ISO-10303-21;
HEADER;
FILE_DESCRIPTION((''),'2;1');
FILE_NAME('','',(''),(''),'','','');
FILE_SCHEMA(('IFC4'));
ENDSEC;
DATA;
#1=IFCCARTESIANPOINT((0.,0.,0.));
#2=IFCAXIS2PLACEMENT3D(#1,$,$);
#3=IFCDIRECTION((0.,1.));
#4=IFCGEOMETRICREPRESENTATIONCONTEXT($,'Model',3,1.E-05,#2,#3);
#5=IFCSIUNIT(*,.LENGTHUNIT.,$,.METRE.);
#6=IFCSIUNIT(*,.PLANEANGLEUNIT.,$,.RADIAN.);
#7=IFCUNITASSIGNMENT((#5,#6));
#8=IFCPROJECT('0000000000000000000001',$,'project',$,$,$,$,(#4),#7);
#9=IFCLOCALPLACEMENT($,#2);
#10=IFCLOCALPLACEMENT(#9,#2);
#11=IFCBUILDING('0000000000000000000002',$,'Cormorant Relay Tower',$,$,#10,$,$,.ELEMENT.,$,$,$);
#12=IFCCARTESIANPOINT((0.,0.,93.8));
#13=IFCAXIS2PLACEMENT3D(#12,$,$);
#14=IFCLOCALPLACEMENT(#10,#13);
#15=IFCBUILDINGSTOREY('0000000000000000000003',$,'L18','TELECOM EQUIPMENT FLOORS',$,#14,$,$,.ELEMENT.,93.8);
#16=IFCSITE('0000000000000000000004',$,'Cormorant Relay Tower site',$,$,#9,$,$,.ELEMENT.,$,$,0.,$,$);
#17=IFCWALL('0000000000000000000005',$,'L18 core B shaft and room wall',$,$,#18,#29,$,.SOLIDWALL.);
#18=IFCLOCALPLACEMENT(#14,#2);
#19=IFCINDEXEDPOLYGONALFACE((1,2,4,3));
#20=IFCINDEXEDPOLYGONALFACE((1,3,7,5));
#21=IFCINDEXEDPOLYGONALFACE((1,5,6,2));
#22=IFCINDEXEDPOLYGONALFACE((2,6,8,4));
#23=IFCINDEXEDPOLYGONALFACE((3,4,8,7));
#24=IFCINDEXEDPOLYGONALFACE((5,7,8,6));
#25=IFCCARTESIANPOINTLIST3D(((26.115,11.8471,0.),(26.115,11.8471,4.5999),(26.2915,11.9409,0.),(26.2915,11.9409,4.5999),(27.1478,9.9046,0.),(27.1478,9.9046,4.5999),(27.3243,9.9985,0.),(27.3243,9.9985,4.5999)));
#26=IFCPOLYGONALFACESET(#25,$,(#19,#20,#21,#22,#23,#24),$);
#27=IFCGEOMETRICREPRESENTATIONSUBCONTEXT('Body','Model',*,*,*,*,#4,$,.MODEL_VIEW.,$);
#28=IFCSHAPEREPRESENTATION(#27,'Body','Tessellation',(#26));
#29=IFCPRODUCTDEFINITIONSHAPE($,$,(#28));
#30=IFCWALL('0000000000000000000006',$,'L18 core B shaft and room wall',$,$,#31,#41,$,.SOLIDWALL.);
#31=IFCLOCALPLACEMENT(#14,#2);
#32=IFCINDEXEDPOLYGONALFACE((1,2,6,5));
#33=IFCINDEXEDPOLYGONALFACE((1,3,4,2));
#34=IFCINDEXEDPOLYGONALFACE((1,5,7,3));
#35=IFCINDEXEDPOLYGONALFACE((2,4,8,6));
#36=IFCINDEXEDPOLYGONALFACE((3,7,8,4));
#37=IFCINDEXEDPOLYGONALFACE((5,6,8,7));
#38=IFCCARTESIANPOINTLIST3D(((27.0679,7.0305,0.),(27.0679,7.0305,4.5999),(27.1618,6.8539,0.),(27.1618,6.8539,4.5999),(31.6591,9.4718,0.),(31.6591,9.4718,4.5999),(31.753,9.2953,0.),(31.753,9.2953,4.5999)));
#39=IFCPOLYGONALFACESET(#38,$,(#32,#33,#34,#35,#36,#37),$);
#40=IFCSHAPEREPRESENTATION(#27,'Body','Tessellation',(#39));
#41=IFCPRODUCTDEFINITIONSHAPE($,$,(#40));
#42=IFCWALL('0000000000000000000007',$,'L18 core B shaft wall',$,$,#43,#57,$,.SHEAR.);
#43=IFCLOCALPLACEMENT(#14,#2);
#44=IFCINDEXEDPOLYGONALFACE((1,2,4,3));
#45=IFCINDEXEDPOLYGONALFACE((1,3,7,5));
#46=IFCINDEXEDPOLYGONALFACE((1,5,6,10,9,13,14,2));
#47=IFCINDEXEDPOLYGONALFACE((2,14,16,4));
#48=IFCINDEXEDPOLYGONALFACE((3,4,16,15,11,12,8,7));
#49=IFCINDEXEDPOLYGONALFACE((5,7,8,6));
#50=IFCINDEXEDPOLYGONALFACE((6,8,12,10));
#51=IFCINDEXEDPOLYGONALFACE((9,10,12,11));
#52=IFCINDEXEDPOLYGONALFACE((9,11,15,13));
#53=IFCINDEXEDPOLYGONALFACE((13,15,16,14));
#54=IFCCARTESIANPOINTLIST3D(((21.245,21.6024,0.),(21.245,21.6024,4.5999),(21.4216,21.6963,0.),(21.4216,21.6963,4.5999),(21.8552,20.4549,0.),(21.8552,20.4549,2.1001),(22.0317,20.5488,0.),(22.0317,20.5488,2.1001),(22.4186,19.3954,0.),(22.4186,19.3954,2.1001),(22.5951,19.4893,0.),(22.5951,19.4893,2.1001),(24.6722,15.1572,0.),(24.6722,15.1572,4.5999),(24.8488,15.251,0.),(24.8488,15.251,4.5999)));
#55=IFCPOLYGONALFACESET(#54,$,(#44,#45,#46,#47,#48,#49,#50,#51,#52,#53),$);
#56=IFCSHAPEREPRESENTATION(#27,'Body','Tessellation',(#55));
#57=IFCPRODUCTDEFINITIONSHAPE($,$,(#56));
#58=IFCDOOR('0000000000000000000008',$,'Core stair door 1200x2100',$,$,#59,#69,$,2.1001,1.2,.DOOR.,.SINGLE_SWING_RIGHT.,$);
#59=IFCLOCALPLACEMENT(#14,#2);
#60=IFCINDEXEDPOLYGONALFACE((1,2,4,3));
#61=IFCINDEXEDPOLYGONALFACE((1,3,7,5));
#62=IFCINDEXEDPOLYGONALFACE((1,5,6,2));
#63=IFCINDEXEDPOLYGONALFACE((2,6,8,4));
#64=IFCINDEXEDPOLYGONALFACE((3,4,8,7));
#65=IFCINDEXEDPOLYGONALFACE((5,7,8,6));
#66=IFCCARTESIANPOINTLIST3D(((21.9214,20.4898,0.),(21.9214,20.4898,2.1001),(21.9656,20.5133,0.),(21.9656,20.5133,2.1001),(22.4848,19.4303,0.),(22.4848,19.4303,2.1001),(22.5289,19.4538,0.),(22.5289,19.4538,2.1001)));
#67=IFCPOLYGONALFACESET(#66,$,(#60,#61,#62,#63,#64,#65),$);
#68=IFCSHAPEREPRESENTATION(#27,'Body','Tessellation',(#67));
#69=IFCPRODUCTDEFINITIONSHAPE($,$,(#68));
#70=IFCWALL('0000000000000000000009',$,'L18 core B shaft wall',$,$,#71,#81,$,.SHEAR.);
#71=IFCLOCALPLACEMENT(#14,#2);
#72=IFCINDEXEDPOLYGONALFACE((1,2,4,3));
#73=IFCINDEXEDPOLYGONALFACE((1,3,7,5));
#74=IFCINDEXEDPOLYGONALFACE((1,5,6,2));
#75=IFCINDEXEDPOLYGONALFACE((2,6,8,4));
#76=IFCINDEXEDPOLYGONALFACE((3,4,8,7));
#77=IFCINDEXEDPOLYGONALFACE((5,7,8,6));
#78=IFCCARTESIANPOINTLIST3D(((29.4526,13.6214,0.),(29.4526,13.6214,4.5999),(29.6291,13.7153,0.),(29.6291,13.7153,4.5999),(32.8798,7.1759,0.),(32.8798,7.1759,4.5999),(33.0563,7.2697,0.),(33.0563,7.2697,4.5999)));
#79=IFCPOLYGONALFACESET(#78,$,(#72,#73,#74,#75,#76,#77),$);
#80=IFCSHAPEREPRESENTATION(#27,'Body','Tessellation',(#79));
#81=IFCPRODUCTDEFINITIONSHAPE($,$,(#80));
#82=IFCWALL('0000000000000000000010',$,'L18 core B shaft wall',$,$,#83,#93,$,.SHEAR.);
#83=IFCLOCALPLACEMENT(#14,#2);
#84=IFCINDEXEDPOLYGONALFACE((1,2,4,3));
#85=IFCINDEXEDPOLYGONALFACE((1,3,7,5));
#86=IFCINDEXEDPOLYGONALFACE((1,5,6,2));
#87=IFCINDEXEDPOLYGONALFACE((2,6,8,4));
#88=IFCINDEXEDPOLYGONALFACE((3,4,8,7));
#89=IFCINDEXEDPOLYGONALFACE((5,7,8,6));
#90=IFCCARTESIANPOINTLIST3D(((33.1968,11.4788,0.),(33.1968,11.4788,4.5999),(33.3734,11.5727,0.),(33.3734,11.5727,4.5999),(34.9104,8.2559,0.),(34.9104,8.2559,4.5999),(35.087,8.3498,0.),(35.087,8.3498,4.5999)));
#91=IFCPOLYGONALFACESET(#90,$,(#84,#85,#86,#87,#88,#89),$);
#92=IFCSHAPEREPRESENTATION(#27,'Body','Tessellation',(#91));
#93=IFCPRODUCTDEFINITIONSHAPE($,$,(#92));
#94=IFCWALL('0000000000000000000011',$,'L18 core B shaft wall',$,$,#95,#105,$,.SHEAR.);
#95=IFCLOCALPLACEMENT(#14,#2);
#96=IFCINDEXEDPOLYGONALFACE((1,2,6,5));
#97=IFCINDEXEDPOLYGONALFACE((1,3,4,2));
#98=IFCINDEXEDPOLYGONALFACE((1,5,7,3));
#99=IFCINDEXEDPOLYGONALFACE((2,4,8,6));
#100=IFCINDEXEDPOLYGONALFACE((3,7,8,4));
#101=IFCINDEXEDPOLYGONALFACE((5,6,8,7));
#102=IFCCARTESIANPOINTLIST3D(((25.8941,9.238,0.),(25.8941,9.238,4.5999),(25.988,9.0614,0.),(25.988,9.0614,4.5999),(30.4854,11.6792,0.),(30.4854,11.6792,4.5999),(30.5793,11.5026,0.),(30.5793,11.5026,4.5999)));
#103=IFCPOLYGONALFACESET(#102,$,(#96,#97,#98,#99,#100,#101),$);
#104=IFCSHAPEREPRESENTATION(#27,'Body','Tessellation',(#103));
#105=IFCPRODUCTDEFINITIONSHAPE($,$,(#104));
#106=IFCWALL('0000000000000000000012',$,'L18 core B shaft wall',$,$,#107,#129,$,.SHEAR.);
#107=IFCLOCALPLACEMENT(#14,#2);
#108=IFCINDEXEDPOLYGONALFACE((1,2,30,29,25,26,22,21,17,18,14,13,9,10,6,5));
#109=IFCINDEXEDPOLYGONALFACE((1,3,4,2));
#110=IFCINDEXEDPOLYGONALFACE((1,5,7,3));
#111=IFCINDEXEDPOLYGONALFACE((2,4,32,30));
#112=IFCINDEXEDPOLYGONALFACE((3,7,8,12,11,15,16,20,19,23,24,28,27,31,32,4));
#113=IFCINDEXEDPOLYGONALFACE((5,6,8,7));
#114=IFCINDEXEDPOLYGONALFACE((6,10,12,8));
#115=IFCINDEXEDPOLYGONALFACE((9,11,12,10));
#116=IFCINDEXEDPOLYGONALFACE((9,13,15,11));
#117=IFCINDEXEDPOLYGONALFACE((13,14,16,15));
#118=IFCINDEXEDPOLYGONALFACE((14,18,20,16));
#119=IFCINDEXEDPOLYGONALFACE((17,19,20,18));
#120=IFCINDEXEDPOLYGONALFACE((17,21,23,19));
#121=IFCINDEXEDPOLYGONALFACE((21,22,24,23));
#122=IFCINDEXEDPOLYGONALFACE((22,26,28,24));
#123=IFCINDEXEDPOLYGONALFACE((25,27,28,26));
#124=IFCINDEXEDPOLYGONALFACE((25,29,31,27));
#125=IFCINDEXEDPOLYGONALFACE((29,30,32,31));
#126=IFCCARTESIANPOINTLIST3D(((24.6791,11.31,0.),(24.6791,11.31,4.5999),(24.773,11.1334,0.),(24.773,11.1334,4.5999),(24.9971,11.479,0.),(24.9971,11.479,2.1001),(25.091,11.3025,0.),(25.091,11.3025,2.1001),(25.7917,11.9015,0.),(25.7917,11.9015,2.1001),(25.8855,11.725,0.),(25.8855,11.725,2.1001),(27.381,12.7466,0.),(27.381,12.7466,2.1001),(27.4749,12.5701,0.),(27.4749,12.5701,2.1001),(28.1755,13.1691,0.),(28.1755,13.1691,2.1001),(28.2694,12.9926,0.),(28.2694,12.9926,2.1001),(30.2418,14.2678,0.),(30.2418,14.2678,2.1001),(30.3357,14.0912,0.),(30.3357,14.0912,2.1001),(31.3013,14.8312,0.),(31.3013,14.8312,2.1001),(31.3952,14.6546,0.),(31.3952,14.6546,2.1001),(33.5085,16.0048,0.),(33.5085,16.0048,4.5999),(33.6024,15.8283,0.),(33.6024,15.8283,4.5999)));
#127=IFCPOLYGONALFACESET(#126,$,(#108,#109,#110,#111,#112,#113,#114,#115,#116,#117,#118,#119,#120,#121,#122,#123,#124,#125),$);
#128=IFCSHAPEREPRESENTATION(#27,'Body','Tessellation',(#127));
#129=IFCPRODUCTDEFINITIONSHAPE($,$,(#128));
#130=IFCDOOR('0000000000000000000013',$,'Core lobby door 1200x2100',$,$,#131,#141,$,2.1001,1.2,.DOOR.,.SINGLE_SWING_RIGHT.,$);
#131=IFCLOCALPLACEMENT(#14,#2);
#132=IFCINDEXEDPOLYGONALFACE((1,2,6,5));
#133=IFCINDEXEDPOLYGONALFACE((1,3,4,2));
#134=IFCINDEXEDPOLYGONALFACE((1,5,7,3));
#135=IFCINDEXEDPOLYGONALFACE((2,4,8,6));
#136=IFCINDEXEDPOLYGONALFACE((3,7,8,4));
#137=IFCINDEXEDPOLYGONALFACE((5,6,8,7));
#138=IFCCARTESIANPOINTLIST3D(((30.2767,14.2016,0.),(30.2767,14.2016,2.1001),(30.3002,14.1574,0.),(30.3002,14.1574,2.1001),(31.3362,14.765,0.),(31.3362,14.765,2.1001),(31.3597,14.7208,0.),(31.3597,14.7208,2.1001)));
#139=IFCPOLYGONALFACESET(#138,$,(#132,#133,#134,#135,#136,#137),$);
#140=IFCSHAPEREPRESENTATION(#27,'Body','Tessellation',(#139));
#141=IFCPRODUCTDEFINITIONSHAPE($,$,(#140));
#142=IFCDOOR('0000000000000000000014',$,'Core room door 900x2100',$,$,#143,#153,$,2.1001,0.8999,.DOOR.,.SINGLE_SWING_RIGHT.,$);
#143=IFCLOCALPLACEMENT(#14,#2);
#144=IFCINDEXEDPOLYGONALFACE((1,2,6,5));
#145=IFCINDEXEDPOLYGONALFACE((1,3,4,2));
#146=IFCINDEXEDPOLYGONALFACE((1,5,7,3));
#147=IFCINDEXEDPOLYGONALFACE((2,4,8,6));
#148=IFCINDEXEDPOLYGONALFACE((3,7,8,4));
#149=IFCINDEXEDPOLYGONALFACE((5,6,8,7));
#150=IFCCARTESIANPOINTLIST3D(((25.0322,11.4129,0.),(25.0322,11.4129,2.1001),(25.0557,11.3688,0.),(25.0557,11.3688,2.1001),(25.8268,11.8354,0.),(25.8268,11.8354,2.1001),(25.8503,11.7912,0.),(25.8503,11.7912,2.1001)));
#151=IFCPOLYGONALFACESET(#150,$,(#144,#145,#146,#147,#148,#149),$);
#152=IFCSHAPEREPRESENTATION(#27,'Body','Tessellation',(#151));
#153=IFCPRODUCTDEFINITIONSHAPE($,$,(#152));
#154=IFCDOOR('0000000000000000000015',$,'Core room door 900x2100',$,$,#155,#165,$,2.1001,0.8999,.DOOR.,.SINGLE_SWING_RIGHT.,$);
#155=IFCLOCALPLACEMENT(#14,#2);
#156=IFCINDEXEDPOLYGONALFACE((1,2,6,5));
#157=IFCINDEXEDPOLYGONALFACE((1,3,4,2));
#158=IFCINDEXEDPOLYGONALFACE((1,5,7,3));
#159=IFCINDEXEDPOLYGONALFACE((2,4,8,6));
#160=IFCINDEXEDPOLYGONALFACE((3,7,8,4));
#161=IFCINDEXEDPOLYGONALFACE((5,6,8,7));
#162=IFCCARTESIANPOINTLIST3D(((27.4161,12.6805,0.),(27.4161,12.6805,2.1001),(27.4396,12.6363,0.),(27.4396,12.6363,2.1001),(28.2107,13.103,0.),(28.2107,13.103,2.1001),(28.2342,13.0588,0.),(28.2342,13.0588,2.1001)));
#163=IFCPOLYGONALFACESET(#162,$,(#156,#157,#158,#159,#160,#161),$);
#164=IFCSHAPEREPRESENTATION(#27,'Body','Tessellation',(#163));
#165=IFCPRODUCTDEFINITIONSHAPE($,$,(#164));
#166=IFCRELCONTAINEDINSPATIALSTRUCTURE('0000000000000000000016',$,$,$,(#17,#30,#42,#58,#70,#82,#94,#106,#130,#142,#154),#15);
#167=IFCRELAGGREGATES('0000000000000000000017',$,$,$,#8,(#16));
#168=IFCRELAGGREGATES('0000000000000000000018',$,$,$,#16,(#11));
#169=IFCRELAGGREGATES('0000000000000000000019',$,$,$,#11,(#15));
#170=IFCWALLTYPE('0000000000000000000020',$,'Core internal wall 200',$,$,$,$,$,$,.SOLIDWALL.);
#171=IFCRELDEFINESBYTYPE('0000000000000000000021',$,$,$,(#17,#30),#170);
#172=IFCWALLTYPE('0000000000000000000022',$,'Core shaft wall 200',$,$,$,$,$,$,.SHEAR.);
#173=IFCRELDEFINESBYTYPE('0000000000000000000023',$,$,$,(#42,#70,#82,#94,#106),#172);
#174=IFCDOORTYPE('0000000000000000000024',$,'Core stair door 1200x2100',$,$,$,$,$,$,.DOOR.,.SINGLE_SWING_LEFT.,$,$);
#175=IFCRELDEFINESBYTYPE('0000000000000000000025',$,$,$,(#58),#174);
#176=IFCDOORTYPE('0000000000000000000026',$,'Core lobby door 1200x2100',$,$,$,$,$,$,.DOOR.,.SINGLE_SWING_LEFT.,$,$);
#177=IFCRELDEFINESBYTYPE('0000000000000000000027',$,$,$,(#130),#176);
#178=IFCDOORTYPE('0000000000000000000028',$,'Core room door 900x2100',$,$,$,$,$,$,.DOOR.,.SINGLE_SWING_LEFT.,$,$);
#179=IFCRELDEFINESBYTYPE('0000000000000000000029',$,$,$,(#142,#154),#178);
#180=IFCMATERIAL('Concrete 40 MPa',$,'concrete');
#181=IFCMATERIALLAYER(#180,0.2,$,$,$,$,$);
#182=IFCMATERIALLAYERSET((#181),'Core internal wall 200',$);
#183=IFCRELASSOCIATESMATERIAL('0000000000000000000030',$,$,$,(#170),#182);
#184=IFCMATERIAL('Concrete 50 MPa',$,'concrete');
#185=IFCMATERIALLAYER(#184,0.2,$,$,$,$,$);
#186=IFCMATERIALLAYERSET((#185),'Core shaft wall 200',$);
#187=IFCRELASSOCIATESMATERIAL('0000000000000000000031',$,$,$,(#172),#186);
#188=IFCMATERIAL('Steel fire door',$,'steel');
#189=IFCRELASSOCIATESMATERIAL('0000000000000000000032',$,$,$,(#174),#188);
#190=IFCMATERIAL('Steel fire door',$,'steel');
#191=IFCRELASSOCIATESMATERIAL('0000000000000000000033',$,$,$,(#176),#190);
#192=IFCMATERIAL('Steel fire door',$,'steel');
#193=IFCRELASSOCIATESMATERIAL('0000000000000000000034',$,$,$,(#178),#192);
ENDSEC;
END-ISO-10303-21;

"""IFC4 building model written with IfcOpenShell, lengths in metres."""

from ifc_helpers import new_model, si_unit, direction, frame, frame_2d, origin, place, context, subcontext, project, spatial, rectangle, extrude, material, layer, layer_set, type_object, element, fill, save


model = new_model("IFC4")

# Units and contexts
model_context = context("Model", 3, precision=1e-05, world=origin(), true_north=direction((0.0, 1.0)))
body_context = subcontext(model_context, "Body", "Model", "MODEL_VIEW")
ifc_project = project(units=[si_unit("LENGTHUNIT", "METRE"), si_unit("PLANEANGLEUNIT", "RADIAN")], contexts=[model_context])

# Site, building, storey
site_placement = place(None, origin())
site = spatial("IfcSite", under=ifc_project, at=site_placement, Name="Cormorant Relay Tower site", CompositionType="ELEMENT", RefElevation=0.0)
building_placement = place(site_placement, origin())
building = spatial("IfcBuilding", under=site, at=building_placement, Name="Cormorant Relay Tower", CompositionType="ELEMENT")
storey_placement = place(building_placement, frame((0.0, 0.0, 93.8)))
storey = spatial("IfcBuildingStorey", under=building, at=storey_placement, Name="L18", Description="TELECOM EQUIPMENT FLOORS", CompositionType="ELEMENT", Elevation=93.8)

# Walls
ifc_material_1 = material(Name="Concrete 40 MPa", Category="concrete")
ifc_layer_1 = layer(ifc_material_1, 0.2)
ifc_layer_set_1 = layer_set([ifc_layer_1], Name="Core internal wall 200")
wall_type_1 = type_object("IfcWallType", Name="Core internal wall 200", PredefinedType="SOLIDWALL", material=ifc_layer_set_1)
wall_1_placement = place(storey_placement, frame((27.2361, 9.9514, 0.0), z_axis=(0.0, 0.0, 1.0), x_axis=(-0.469447, 0.88296, 0.0)))
element("IfcWall", 1, at=wall_1_placement, inside=storey, type_object=wall_type_1, Name="L18 core B shaft and room wall", PredefinedType="SOLIDWALL", context=body_context, shape_type="SweptSolid", body=[
    extrude(rectangle(XDim=2.2, YDim=0.2, at=frame_2d((1.1001, 0.0))), origin(), (0.0, 0.0, 1.0), 4.5999),
])
wall_2_placement = place(storey_placement, frame((27.1147, 6.9421, 0.0), z_axis=(0.0, 0.0, 1.0), x_axis=(0.882935, 0.469496, 0.0)))
element("IfcWall", 2, at=wall_2_placement, inside=storey, type_object=wall_type_1, Name="L18 core B shaft and room wall", PredefinedType="SOLIDWALL", context=body_context, shape_type="SweptSolid", body=[
    extrude(rectangle(XDim=5.2, YDim=0.2, at=frame_2d((2.6001, 0.0))), origin(), (0.0, 0.0, 1.0), 4.5999),
])

# Wall, opening, door
ifc_material_2 = material(Name="Concrete 50 MPa", Category="concrete")
ifc_layer_2 = layer(ifc_material_2, 0.2)
ifc_layer_set_2 = layer_set([ifc_layer_2], Name="Core shaft wall 200")
wall_type_2 = type_object("IfcWallType", Name="Core shaft wall 200", PredefinedType="SHEAR", material=ifc_layer_set_2)
wall_3_placement = place(storey_placement, frame((24.7605, 15.2041, 0.0), z_axis=(0.0, 0.0, 1.0), x_axis=(-0.469494, 0.882936, 0.0)))
wall_3 = element("IfcWall", 3, at=wall_3_placement, inside=storey, type_object=wall_type_2, Name="L18 core B shaft wall", PredefinedType="SHEAR", context=body_context, shape_type="SweptSolid", body=[
    extrude(rectangle(XDim=7.2998, YDim=0.2, at=frame_2d((3.6499, 0.0))), origin(), (0.0, 0.0, 1.0), 4.5999),
])
opening_1_placement = place(wall_3_placement, frame((4.8, 0.0, 0.0)))
opening_1 = element("IfcOpeningElement", 4, at=opening_1_placement, cuts=wall_3, PredefinedType="OPENING", context=body_context, shape_type="SweptSolid", body=[
    extrude(rectangle(XDim=1.2, YDim=2.1001, at=frame_2d((0.6001, 1.05))), frame((0.0, 0.1099, 0.0), z_axis=(0.0, -1.0, 0.0), x_axis=(1.0, 0.0, 0.0)), (0.0, 0.0, 1.0), 0.22),
])
ifc_material_3 = material(Name="Steel fire door", Category="steel")
door_type_1 = type_object("IfcDoorType", Name="Core stair door 1200x2100", OperationType="SINGLE_SWING_LEFT", PredefinedType="DOOR", material=ifc_material_3)
door_1_placement = place(opening_1_placement, frame((1.2, 0.0, 0.0), z_axis=(0.0, 0.0, 1.0), x_axis=(-1.0, 0.0, 0.0)))
door_1 = element("IfcDoor", 5, at=door_1_placement, inside=storey, type_object=door_type_1, Name="Core stair door 1200x2100", OperationType="SINGLE_SWING_RIGHT", OverallHeight=2.1001, OverallWidth=1.2, PredefinedType="DOOR", context=body_context, shape_type="SweptSolid", body=[
    extrude(rectangle(XDim=1.2, YDim=2.1001, at=frame_2d((0.6001, 1.05))), frame((0.0, 0.0249, 0.0), z_axis=(0.0, -1.0, 0.0), x_axis=(1.0, 0.0, 0.0)), (0.0, 0.0, 1.0), 0.05),
])
fill(opening_1, door_1)

# Walls
wall_4_placement = place(storey_placement, frame((32.968, 7.2229, 0.0), z_axis=(0.0, 0.0, 1.0), x_axis=(-0.46948, 0.882943, 0.0)))
element("IfcWall", 6, at=wall_4_placement, inside=storey, type_object=wall_type_2, Name="L18 core B shaft wall", PredefinedType="SHEAR", context=body_context, shape_type="SweptSolid", body=[
    extrude(rectangle(XDim=7.3, YDim=0.2, at=frame_2d((3.6499, 0.0))), origin(), (0.0, 0.0, 1.0), 4.5999),
])
wall_5_placement = place(storey_placement, frame((34.9988, 8.3027, 0.0), z_axis=(0.0, 0.0, 1.0), x_axis=(-0.469467, 0.88295, 0.0)))
element("IfcWall", 7, at=wall_5_placement, inside=storey, type_object=wall_type_2, Name="L18 core B shaft wall", PredefinedType="SHEAR", context=body_context, shape_type="SweptSolid", body=[
    extrude(rectangle(XDim=3.6501, YDim=0.2, at=frame_2d((1.8252, 0.0))), origin(), (0.0, 0.0, 1.0), 4.5999),
])

# Wall
wall_6_placement = place(storey_placement, frame((25.9409, 9.1497, 0.0), z_axis=(0.0, 0.0, 1.0), x_axis=(0.882954, 0.46946, 0.0)))
element("IfcWall", 8, at=wall_6_placement, inside=storey, type_object=wall_type_2, Name="L18 core B shaft wall", PredefinedType="SHEAR", context=body_context, shape_type="SweptSolid", body=[
    extrude(rectangle(XDim=5.2, YDim=0.2, at=frame_2d((2.6001, 0.0))), origin(), (0.0, 0.0, 1.0), 4.5999),
])

# Wall, openings, doors
wall_7_placement = place(storey_placement, frame((24.7261, 11.2217, 0.0), z_axis=(0.0, 0.0, 1.0), x_axis=(0.88294, 0.469485, 0.0)))
wall_7 = element("IfcWall", 9, at=wall_7_placement, inside=storey, type_object=wall_type_2, Name="L18 core B shaft wall", PredefinedType="SHEAR", context=body_context, shape_type="SweptSolid", body=[
    extrude(rectangle(XDim=10.0, YDim=0.2, at=frame_2d((5.0, 0.0))), origin(), (0.0, 0.0, 1.0), 4.5999),
])
opening_2_placement = place(wall_7_placement, frame((6.3, 0.0, 0.0)))
opening_2 = element("IfcOpeningElement", 10, at=opening_2_placement, cuts=wall_7, PredefinedType="OPENING", context=body_context, shape_type="SweptSolid", body=[
    extrude(rectangle(XDim=1.2, YDim=2.1001, at=frame_2d((0.6001, 1.05))), frame((0.0, 0.1099, 0.0), z_axis=(0.0, -1.0, 0.0), x_axis=(1.0, 0.0, 0.0)), (0.0, 0.0, 1.0), 0.22),
])
opening_3_placement = place(wall_7_placement, frame((0.3601, 0.0, 0.0)))
opening_3 = element("IfcOpeningElement", 11, at=opening_3_placement, cuts=wall_7, PredefinedType="OPENING", context=body_context, shape_type="SweptSolid", body=[
    extrude(rectangle(XDim=0.8999, YDim=2.1001, at=frame_2d((0.45, 1.05))), frame((0.0, 0.1099, 0.0), z_axis=(0.0, -1.0, 0.0), x_axis=(1.0, 0.0, 0.0)), (0.0, 0.0, 1.0), 0.22),
])
opening_4_placement = place(wall_7_placement, frame((3.0601, 0.0, 0.0)))
opening_4 = element("IfcOpeningElement", 12, at=opening_4_placement, cuts=wall_7, PredefinedType="OPENING", context=body_context, shape_type="SweptSolid", body=[
    extrude(rectangle(XDim=0.8999, YDim=2.1001, at=frame_2d((0.45, 1.05))), frame((0.0, 0.1099, 0.0), z_axis=(0.0, -1.0, 0.0), x_axis=(1.0, 0.0, 0.0)), (0.0, 0.0, 1.0), 0.22),
])
ifc_material_4 = material(Name="Steel fire door", Category="steel")
door_type_2 = type_object("IfcDoorType", Name="Core lobby door 1200x2100", OperationType="SINGLE_SWING_LEFT", PredefinedType="DOOR", material=ifc_material_4)
door_2_placement = place(opening_2_placement, frame((1.2, 0.0, 0.0), z_axis=(0.0, 0.0, 1.0), x_axis=(-1.0, 0.0, 0.0)))
door_2 = element("IfcDoor", 13, at=door_2_placement, inside=storey, type_object=door_type_2, Name="Core lobby door 1200x2100", OperationType="SINGLE_SWING_RIGHT", OverallHeight=2.1001, OverallWidth=1.2, PredefinedType="DOOR", context=body_context, shape_type="SweptSolid", body=[
    extrude(rectangle(XDim=1.2, YDim=2.1001, at=frame_2d((0.6001, 1.05))), frame((0.0, 0.0249, 0.0), z_axis=(0.0, -1.0, 0.0), x_axis=(1.0, 0.0, 0.0)), (0.0, 0.0, 1.0), 0.05),
])
fill(opening_2, door_2)
ifc_material_5 = material(Name="Steel fire door", Category="steel")
door_type_3 = type_object("IfcDoorType", Name="Core room door 900x2100", OperationType="SINGLE_SWING_LEFT", PredefinedType="DOOR", material=ifc_material_5)
door_3_placement = place(opening_3_placement, frame((0.8999, 0.0, 0.0), z_axis=(0.0, 0.0, 1.0), x_axis=(-1.0, 0.0, 0.0)))
door_3 = element("IfcDoor", 14, at=door_3_placement, inside=storey, type_object=door_type_3, Name="Core room door 900x2100", OperationType="SINGLE_SWING_RIGHT", OverallHeight=2.1001, OverallWidth=0.8999, PredefinedType="DOOR", context=body_context, shape_type="SweptSolid", body=[
    extrude(rectangle(XDim=0.8999, YDim=2.1001, at=frame_2d((0.45, 1.05))), frame((0.0, 0.0249, 0.0), z_axis=(0.0, -1.0, 0.0), x_axis=(1.0, 0.0, 0.0)), (0.0, 0.0, 1.0), 0.05),
])
fill(opening_3, door_3)
door_4_placement = place(opening_4_placement, frame((0.8999, 0.0, 0.0), z_axis=(0.0, 0.0, 1.0), x_axis=(-1.0, 0.0, 0.0)))
door_4 = element("IfcDoor", 15, at=door_4_placement, inside=storey, type_object=door_type_3, Name="Core room door 900x2100", OperationType="SINGLE_SWING_RIGHT", OverallHeight=2.1001, OverallWidth=0.8999, PredefinedType="DOOR", context=body_context, shape_type="SweptSolid", body=[
    extrude(rectangle(XDim=0.8999, YDim=2.1001, at=frame_2d((0.45, 1.05))), frame((0.0, 0.0249, 0.0), z_axis=(0.0, -1.0, 0.0), x_axis=(1.0, 0.0, 0.0)), (0.0, 0.0, 1.0), 0.05),
])
fill(opening_4, door_4)

save(model, "model.ifc")
